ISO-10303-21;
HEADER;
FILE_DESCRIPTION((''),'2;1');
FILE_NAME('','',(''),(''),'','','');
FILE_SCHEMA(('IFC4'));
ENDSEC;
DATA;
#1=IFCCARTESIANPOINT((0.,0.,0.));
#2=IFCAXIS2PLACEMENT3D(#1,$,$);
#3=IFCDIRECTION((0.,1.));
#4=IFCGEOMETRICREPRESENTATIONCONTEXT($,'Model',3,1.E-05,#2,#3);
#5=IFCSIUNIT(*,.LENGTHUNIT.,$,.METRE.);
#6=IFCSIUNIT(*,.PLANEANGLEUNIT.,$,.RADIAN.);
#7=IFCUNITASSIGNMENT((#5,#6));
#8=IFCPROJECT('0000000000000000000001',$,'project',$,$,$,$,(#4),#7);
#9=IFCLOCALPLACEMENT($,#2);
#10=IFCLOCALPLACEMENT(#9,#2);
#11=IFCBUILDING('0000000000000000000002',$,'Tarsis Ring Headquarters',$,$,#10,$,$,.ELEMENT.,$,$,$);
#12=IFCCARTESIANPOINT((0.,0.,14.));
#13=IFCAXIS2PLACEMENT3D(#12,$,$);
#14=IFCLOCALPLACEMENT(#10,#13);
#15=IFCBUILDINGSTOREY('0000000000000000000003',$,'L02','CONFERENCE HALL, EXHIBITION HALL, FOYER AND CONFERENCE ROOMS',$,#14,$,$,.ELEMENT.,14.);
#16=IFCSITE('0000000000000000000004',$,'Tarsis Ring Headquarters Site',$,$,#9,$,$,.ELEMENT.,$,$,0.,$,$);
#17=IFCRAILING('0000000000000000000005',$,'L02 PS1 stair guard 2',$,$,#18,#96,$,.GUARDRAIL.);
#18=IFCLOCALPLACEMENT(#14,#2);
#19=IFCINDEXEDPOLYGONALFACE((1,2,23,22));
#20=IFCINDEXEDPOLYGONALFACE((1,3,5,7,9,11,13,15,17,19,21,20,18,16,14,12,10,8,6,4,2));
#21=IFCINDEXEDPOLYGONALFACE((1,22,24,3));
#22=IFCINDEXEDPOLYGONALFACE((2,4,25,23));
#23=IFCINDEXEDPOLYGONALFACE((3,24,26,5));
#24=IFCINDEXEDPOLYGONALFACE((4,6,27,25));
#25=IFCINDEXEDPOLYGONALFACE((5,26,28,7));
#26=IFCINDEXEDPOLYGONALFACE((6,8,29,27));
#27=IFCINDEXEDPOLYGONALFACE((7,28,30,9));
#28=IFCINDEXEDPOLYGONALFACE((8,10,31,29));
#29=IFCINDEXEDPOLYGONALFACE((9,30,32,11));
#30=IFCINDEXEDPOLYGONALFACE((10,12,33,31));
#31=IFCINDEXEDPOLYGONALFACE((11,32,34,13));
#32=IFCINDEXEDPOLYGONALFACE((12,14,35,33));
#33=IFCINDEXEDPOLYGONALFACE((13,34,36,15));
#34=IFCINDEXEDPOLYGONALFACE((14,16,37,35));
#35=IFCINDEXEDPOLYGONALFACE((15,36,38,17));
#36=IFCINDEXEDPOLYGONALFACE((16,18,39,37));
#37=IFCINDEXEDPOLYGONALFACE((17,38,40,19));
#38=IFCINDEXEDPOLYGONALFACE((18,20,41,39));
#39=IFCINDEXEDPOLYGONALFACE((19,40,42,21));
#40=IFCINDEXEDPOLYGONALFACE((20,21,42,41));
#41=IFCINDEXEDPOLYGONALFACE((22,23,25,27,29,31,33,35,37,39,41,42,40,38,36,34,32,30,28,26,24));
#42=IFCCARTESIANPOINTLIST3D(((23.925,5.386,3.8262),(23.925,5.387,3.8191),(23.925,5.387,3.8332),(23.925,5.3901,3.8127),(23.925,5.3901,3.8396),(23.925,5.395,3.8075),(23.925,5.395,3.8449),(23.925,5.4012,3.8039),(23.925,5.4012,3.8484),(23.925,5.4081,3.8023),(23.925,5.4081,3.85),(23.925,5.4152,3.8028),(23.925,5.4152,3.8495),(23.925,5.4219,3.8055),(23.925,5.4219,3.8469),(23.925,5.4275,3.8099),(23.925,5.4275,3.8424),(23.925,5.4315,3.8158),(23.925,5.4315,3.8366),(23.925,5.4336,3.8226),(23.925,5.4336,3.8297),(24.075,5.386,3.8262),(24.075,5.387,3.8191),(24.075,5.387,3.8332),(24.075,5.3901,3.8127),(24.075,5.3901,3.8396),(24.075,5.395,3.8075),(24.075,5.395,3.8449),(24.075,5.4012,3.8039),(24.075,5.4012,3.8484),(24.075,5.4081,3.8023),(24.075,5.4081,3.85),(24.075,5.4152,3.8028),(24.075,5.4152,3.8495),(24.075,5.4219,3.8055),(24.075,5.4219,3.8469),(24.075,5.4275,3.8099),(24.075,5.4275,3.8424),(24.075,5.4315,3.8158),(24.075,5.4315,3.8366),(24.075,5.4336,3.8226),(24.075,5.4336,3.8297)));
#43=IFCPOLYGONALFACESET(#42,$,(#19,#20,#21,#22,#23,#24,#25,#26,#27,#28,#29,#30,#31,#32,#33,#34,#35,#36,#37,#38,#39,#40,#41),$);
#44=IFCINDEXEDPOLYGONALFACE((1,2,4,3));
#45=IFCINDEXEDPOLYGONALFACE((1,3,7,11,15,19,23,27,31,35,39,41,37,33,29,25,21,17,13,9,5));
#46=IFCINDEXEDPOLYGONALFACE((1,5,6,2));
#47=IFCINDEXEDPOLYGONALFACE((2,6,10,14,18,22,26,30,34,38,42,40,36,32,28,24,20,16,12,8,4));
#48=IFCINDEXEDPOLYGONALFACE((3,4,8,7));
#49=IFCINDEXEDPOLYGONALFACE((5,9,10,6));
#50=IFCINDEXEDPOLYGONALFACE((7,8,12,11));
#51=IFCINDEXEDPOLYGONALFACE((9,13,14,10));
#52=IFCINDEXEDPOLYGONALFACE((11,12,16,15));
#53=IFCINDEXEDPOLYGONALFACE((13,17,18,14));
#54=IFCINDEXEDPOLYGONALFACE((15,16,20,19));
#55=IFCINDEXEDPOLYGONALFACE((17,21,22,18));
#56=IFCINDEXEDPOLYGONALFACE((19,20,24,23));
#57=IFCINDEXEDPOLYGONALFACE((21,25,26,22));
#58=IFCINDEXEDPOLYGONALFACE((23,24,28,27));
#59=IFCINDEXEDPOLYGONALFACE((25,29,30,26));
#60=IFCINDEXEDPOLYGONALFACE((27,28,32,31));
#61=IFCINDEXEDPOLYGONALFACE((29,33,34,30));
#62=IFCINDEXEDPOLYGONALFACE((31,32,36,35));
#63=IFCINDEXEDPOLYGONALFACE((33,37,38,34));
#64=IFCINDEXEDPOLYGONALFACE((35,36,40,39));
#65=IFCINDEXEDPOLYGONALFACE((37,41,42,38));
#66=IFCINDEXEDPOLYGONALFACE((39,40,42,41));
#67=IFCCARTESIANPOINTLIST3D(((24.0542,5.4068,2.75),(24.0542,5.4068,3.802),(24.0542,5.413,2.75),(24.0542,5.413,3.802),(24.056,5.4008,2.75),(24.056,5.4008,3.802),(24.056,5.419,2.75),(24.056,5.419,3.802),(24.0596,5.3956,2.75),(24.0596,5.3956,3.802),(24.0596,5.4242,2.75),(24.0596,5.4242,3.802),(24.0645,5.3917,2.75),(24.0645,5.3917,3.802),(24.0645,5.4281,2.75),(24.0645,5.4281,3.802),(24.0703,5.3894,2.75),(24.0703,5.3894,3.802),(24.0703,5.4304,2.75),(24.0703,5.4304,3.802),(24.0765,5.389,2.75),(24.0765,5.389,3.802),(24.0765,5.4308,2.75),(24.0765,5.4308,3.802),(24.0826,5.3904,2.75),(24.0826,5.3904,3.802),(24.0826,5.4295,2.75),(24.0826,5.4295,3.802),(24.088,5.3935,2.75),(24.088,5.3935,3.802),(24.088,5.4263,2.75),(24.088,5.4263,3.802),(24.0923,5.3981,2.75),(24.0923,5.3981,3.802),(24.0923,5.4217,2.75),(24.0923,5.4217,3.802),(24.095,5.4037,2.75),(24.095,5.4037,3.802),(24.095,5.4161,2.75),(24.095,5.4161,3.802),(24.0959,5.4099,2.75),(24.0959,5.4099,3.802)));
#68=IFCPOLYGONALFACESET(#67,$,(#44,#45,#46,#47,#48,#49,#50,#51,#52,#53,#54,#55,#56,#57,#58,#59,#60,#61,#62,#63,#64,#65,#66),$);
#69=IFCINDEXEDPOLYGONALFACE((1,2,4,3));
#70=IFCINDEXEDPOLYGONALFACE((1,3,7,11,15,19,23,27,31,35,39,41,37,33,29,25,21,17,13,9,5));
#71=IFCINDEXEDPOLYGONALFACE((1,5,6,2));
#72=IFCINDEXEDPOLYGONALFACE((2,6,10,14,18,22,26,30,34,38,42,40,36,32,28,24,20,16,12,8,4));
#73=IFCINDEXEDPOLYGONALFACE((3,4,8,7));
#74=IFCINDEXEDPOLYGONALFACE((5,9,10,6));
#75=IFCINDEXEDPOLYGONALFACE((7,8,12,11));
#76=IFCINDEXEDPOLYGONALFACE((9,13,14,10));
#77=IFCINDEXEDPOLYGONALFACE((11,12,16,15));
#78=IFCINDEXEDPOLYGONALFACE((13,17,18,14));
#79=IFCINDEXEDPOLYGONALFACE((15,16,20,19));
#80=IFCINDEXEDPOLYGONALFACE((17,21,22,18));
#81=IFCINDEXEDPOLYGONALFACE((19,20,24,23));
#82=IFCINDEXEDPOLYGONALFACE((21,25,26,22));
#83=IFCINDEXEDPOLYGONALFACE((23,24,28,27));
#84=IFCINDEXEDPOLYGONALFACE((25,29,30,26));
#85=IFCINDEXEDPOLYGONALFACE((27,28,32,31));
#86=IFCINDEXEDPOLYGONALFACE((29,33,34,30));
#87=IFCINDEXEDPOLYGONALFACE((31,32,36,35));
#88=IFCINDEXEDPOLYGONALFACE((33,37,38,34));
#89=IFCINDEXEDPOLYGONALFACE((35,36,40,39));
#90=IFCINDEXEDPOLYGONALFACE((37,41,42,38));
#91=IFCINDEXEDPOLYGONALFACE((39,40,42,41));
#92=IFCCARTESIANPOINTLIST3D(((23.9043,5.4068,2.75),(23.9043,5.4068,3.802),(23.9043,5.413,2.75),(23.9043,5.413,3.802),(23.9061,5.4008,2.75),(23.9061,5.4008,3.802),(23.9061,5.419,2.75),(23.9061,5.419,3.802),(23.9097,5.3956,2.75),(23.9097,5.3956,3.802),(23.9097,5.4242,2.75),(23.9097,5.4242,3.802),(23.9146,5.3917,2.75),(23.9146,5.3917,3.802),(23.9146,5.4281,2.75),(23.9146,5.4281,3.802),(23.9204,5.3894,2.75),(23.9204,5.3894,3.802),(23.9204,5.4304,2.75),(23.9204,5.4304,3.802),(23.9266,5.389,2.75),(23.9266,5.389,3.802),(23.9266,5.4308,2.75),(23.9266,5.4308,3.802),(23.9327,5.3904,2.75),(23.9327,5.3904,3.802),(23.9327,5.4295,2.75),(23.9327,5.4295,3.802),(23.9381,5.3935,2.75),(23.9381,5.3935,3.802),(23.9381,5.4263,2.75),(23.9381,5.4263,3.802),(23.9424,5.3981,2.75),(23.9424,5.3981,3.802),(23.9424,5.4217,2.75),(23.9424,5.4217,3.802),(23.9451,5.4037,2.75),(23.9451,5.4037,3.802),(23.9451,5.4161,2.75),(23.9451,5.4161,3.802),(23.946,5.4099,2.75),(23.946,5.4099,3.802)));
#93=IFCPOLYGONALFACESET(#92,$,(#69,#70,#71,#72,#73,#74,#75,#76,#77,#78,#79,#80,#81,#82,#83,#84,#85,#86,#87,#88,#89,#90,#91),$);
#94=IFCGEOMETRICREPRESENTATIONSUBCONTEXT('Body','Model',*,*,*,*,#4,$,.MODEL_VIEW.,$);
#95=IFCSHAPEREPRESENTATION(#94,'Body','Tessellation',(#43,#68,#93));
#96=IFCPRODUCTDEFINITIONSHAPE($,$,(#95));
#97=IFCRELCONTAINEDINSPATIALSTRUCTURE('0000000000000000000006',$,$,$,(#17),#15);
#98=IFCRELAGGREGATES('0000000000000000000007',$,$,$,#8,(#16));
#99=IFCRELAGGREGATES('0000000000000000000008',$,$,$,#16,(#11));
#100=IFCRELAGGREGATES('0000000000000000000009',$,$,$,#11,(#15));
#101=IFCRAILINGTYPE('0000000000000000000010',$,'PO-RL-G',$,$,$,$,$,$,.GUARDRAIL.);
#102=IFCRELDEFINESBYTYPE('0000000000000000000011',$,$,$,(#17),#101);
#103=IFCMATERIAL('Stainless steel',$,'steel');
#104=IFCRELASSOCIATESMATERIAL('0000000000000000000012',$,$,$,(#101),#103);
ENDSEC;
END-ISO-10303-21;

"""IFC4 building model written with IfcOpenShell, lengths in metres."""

from ifc_helpers import new_model, si_unit, direction, frame, origin, origin_2d, place, context, subcontext, project, spatial, circle, extrude, material, type_object, element, save


model = new_model("IFC4")

# Units and contexts
model_context = context("Model", 3, precision=1e-05, world=origin(), true_north=direction((0.0, 1.0)))
body_context = subcontext(model_context, "Body", "Model", "MODEL_VIEW")
ifc_project = project(units=[si_unit("LENGTHUNIT", "METRE"), si_unit("PLANEANGLEUNIT", "RADIAN")], contexts=[model_context])

# Site, building, storey
site_placement = place(None, origin())
site = spatial("IfcSite", under=ifc_project, at=site_placement, Name="Tarsis Ring Headquarters Site", CompositionType="ELEMENT", RefElevation=0.0)
building_placement = place(site_placement, origin())
building = spatial("IfcBuilding", under=site, at=building_placement, Name="Tarsis Ring Headquarters", CompositionType="ELEMENT")
storey_placement = place(building_placement, frame((0.0, 0.0, 14.0)))
storey = spatial("IfcBuildingStorey", under=building, at=storey_placement, Name="L02", Description="CONFERENCE HALL, EXHIBITION HALL, FOYER AND CONFERENCE ROOMS", CompositionType="ELEMENT", Elevation=14.0)

# Railing
ifc_material_1 = material(Name="Stainless steel", Category="steel")
railing_type_1 = type_object("IfcRailingType", Name="PO-RL-G", PredefinedType="GUARDRAIL", material=ifc_material_1)
railing_1_placement = place(storey_placement, frame((24.075, 5.4099, 2.75)))
element("IfcRailing", 1, at=railing_1_placement, inside=storey, type_object=railing_type_1, Name="L02 PS1 stair guard 2", PredefinedType="GUARDRAIL", context=body_context, shape_type="SweptSolid", body=[
    extrude(circle(Radius=0.0239, at=origin_2d()), frame((0.0, 0.0, 1.0762), z_axis=(-1.0, 0.0, 0.0), x_axis=(0.0, -1.0, 0.0)), (0.0, 0.0, 1.0), 0.1499),
    extrude(circle(Radius=0.021, at=origin_2d()), origin(), (0.0, 0.0, 1.0), 1.052),
    extrude(circle(Radius=0.021, at=origin_2d()), frame((-0.1499, 0.0, 0.0)), (0.0, 0.0, 1.0), 1.052),
])

save(model, "model.ifc")
